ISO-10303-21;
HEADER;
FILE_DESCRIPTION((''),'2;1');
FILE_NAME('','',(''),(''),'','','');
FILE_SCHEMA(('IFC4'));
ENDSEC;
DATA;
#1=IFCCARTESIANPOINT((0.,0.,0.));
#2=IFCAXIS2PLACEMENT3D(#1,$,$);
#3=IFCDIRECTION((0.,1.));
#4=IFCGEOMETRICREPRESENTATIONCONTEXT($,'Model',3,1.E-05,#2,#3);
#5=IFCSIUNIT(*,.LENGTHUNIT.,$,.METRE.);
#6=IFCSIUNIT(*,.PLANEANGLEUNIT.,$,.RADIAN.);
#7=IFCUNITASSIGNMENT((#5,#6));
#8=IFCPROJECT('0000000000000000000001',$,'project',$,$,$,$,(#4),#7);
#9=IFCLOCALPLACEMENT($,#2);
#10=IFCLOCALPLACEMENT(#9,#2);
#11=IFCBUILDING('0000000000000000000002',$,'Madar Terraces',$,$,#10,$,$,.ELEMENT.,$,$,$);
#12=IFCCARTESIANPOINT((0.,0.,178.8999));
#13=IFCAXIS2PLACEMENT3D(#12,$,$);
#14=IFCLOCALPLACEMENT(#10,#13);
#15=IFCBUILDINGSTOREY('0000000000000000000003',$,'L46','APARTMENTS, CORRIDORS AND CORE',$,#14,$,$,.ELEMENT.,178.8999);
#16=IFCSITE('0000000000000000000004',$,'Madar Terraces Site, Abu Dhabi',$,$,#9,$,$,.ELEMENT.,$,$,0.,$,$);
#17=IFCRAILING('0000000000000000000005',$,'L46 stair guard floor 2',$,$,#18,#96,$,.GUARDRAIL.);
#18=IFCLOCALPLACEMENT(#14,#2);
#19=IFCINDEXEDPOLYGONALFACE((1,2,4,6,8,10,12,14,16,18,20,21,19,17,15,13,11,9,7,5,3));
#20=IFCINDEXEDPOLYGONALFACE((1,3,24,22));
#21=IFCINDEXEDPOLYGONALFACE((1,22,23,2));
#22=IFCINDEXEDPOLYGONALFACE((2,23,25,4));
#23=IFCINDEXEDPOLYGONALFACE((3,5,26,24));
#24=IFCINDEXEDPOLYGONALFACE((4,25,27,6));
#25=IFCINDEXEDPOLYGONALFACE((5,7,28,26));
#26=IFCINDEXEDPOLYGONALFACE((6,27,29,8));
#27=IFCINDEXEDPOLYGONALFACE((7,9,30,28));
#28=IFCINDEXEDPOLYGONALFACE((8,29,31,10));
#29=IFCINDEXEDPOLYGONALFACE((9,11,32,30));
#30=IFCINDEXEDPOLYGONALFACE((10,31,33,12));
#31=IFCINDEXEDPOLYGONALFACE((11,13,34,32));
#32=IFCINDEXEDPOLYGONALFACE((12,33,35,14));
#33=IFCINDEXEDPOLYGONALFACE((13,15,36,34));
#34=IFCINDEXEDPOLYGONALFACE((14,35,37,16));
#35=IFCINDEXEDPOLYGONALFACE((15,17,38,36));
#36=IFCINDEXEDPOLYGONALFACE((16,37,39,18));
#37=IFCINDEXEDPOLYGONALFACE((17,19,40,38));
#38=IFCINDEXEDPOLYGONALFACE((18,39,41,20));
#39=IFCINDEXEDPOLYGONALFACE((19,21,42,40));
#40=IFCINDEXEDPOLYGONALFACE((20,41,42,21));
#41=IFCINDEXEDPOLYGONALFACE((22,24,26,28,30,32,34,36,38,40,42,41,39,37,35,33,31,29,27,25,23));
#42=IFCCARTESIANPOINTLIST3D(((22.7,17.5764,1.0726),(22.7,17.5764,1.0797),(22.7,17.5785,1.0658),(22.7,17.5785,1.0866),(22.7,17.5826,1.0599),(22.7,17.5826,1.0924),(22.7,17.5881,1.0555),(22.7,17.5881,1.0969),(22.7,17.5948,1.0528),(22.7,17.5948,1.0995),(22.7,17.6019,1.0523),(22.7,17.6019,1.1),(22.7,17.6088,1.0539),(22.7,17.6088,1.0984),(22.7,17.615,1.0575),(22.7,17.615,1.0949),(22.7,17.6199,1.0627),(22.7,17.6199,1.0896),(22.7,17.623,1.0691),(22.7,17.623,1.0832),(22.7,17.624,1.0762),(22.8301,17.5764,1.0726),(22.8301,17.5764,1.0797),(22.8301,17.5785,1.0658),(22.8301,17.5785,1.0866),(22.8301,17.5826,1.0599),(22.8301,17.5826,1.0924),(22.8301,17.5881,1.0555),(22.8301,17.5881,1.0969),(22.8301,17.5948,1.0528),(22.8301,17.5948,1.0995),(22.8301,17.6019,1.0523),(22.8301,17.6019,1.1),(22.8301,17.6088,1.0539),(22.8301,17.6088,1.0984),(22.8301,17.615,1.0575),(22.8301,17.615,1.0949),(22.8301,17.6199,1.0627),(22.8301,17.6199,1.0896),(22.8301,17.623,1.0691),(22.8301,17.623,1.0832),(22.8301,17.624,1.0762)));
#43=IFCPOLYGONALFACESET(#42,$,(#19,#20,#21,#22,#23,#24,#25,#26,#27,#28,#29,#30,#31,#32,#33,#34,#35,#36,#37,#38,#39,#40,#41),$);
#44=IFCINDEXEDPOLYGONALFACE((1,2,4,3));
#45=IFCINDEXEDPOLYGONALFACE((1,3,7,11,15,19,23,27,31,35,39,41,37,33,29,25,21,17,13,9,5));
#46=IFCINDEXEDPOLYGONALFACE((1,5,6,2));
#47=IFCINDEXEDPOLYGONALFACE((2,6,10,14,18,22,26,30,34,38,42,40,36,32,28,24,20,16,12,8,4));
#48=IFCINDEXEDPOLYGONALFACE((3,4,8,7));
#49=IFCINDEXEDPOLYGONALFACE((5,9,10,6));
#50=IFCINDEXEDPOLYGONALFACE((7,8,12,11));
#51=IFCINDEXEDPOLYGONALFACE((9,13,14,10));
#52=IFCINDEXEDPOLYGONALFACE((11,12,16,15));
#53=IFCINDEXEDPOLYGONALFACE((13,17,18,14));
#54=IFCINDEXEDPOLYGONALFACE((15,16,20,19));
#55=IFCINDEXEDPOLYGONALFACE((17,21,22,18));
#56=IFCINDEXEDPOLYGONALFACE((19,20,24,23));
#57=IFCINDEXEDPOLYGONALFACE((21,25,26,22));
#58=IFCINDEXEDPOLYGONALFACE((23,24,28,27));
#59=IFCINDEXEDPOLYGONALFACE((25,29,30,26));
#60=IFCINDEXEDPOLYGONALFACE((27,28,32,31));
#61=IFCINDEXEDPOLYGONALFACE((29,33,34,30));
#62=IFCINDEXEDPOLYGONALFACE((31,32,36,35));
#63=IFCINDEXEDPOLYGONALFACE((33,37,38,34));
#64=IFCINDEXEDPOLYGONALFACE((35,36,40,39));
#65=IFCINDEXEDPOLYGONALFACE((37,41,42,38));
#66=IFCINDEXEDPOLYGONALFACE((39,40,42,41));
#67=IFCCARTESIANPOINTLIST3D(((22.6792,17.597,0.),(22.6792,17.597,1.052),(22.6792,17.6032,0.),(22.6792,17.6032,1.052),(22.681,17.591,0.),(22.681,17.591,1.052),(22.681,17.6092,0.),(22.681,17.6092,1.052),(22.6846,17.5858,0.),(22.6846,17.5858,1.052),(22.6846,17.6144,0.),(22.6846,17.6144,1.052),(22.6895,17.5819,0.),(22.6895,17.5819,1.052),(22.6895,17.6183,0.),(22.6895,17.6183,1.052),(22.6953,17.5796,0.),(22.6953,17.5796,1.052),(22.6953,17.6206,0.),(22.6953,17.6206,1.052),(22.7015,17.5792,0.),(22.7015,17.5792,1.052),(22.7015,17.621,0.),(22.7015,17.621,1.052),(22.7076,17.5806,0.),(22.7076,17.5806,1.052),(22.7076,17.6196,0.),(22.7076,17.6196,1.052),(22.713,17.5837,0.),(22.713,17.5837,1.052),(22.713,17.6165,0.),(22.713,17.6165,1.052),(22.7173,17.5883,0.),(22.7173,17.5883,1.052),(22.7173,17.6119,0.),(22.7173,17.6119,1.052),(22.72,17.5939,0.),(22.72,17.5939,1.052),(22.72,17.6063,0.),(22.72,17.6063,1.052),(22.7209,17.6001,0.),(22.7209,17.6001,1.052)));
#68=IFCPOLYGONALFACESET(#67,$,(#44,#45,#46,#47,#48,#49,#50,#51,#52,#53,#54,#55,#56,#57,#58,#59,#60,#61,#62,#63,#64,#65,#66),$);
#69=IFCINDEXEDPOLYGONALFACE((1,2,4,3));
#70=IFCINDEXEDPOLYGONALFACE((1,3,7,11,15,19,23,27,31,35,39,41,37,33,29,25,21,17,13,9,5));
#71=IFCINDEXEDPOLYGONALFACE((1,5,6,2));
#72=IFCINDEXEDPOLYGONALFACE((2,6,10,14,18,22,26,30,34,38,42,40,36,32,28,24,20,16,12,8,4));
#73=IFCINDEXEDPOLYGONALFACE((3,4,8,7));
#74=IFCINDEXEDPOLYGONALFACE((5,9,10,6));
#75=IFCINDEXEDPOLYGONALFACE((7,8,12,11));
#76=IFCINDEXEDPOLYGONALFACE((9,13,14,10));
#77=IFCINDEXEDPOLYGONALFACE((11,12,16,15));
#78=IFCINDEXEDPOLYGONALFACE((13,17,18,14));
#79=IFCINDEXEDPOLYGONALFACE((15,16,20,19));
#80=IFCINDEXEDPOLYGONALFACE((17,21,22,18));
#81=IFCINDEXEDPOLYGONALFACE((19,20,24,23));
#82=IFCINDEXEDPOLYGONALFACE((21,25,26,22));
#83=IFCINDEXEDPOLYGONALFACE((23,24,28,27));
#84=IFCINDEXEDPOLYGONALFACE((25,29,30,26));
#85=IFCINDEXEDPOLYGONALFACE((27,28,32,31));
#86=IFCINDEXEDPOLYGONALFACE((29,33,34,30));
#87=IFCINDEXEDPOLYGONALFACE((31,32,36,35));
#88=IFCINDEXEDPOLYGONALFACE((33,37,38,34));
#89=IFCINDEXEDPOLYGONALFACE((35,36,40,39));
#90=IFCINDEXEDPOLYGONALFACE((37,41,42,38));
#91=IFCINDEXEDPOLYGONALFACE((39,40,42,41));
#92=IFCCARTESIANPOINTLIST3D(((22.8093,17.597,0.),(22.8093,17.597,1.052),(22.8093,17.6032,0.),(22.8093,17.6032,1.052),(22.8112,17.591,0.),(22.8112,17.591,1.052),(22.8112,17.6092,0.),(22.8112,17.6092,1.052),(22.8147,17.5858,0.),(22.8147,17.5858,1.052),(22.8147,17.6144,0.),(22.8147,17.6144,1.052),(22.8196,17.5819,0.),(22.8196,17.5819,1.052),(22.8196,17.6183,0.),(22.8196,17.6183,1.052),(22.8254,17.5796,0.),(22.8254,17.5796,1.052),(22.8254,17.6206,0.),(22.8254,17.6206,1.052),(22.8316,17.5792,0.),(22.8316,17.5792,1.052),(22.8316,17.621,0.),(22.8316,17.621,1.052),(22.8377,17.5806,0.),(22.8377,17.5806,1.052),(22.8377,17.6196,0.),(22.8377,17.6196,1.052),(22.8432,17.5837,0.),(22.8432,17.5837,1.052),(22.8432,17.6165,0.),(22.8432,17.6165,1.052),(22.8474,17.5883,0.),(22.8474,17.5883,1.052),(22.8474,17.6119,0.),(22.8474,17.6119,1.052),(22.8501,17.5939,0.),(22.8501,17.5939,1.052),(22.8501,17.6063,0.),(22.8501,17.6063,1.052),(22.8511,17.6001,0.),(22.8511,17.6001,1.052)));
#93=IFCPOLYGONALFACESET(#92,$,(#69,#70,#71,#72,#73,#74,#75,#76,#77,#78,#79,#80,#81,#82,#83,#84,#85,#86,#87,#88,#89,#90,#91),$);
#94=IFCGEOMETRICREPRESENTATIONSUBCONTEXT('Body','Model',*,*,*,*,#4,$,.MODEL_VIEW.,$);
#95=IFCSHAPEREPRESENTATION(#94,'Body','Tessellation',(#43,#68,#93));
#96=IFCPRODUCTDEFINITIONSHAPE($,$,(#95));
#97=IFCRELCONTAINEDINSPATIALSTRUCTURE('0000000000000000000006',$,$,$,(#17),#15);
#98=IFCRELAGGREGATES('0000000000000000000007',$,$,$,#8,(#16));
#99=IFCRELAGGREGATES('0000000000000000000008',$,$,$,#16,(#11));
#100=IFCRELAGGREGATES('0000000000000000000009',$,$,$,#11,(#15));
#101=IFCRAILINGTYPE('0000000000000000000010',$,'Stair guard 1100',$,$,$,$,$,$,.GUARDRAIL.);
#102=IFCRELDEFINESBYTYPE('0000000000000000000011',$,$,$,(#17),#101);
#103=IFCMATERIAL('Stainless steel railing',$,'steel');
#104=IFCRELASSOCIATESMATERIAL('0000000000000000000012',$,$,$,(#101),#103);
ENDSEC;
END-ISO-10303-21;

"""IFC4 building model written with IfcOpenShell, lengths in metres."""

from ifc_helpers import new_model, si_unit, direction, frame, origin, origin_2d, place, context, subcontext, project, spatial, circle, extrude, material, type_object, element, save


model = new_model("IFC4")

# Units and contexts
model_context = context("Model", 3, precision=1e-05, world=origin(), true_north=direction((0.0, 1.0)))
body_context = subcontext(model_context, "Body", "Model", "MODEL_VIEW")
ifc_project = project(units=[si_unit("LENGTHUNIT", "METRE"), si_unit("PLANEANGLEUNIT", "RADIAN")], contexts=[model_context])

# Site, building, storey
site_placement = place(None, origin())
site = spatial("IfcSite", under=ifc_project, at=site_placement, Name="Madar Terraces Site, Abu Dhabi", CompositionType="ELEMENT", RefElevation=0.0)
building_placement = place(site_placement, origin())
building = spatial("IfcBuilding", under=site, at=building_placement, Name="Madar Terraces", CompositionType="ELEMENT")
storey_placement = place(building_placement, frame((0.0, 0.0, 178.8999)))
storey = spatial("IfcBuildingStorey", under=building, at=storey_placement, Name="L46", Description="APARTMENTS, CORRIDORS AND CORE", CompositionType="ELEMENT", Elevation=178.8999)

# Railing
ifc_material_1 = material(Name="Stainless steel railing", Category="steel")
railing_type_1 = type_object("IfcRailingType", Name="Stair guard 1100", PredefinedType="GUARDRAIL", material=ifc_material_1)
railing_1_placement = place(storey_placement, frame((22.7, 17.6001, 0.0)))
element("IfcRailing", 1, at=railing_1_placement, inside=storey, type_object=railing_type_1, Name="L46 stair guard floor 2", PredefinedType="GUARDRAIL", context=body_context, shape_type="SweptSolid", body=[
    extrude(circle(Radius=0.0239, at=origin_2d()), frame((0.0, 0.0, 1.0762), z_axis=(1.0, 0.0, 0.0), x_axis=(0.0, 1.0, 0.0)), (0.0, 0.0, 1.0), 0.1301),
    extrude(circle(Radius=0.021, at=origin_2d()), origin(), (0.0, 0.0, 1.0), 1.052),
    extrude(circle(Radius=0.021, at=origin_2d()), frame((0.1301, 0.0, 0.0)), (0.0, 0.0, 1.0), 1.052),
])

save(model, "model.ifc")
